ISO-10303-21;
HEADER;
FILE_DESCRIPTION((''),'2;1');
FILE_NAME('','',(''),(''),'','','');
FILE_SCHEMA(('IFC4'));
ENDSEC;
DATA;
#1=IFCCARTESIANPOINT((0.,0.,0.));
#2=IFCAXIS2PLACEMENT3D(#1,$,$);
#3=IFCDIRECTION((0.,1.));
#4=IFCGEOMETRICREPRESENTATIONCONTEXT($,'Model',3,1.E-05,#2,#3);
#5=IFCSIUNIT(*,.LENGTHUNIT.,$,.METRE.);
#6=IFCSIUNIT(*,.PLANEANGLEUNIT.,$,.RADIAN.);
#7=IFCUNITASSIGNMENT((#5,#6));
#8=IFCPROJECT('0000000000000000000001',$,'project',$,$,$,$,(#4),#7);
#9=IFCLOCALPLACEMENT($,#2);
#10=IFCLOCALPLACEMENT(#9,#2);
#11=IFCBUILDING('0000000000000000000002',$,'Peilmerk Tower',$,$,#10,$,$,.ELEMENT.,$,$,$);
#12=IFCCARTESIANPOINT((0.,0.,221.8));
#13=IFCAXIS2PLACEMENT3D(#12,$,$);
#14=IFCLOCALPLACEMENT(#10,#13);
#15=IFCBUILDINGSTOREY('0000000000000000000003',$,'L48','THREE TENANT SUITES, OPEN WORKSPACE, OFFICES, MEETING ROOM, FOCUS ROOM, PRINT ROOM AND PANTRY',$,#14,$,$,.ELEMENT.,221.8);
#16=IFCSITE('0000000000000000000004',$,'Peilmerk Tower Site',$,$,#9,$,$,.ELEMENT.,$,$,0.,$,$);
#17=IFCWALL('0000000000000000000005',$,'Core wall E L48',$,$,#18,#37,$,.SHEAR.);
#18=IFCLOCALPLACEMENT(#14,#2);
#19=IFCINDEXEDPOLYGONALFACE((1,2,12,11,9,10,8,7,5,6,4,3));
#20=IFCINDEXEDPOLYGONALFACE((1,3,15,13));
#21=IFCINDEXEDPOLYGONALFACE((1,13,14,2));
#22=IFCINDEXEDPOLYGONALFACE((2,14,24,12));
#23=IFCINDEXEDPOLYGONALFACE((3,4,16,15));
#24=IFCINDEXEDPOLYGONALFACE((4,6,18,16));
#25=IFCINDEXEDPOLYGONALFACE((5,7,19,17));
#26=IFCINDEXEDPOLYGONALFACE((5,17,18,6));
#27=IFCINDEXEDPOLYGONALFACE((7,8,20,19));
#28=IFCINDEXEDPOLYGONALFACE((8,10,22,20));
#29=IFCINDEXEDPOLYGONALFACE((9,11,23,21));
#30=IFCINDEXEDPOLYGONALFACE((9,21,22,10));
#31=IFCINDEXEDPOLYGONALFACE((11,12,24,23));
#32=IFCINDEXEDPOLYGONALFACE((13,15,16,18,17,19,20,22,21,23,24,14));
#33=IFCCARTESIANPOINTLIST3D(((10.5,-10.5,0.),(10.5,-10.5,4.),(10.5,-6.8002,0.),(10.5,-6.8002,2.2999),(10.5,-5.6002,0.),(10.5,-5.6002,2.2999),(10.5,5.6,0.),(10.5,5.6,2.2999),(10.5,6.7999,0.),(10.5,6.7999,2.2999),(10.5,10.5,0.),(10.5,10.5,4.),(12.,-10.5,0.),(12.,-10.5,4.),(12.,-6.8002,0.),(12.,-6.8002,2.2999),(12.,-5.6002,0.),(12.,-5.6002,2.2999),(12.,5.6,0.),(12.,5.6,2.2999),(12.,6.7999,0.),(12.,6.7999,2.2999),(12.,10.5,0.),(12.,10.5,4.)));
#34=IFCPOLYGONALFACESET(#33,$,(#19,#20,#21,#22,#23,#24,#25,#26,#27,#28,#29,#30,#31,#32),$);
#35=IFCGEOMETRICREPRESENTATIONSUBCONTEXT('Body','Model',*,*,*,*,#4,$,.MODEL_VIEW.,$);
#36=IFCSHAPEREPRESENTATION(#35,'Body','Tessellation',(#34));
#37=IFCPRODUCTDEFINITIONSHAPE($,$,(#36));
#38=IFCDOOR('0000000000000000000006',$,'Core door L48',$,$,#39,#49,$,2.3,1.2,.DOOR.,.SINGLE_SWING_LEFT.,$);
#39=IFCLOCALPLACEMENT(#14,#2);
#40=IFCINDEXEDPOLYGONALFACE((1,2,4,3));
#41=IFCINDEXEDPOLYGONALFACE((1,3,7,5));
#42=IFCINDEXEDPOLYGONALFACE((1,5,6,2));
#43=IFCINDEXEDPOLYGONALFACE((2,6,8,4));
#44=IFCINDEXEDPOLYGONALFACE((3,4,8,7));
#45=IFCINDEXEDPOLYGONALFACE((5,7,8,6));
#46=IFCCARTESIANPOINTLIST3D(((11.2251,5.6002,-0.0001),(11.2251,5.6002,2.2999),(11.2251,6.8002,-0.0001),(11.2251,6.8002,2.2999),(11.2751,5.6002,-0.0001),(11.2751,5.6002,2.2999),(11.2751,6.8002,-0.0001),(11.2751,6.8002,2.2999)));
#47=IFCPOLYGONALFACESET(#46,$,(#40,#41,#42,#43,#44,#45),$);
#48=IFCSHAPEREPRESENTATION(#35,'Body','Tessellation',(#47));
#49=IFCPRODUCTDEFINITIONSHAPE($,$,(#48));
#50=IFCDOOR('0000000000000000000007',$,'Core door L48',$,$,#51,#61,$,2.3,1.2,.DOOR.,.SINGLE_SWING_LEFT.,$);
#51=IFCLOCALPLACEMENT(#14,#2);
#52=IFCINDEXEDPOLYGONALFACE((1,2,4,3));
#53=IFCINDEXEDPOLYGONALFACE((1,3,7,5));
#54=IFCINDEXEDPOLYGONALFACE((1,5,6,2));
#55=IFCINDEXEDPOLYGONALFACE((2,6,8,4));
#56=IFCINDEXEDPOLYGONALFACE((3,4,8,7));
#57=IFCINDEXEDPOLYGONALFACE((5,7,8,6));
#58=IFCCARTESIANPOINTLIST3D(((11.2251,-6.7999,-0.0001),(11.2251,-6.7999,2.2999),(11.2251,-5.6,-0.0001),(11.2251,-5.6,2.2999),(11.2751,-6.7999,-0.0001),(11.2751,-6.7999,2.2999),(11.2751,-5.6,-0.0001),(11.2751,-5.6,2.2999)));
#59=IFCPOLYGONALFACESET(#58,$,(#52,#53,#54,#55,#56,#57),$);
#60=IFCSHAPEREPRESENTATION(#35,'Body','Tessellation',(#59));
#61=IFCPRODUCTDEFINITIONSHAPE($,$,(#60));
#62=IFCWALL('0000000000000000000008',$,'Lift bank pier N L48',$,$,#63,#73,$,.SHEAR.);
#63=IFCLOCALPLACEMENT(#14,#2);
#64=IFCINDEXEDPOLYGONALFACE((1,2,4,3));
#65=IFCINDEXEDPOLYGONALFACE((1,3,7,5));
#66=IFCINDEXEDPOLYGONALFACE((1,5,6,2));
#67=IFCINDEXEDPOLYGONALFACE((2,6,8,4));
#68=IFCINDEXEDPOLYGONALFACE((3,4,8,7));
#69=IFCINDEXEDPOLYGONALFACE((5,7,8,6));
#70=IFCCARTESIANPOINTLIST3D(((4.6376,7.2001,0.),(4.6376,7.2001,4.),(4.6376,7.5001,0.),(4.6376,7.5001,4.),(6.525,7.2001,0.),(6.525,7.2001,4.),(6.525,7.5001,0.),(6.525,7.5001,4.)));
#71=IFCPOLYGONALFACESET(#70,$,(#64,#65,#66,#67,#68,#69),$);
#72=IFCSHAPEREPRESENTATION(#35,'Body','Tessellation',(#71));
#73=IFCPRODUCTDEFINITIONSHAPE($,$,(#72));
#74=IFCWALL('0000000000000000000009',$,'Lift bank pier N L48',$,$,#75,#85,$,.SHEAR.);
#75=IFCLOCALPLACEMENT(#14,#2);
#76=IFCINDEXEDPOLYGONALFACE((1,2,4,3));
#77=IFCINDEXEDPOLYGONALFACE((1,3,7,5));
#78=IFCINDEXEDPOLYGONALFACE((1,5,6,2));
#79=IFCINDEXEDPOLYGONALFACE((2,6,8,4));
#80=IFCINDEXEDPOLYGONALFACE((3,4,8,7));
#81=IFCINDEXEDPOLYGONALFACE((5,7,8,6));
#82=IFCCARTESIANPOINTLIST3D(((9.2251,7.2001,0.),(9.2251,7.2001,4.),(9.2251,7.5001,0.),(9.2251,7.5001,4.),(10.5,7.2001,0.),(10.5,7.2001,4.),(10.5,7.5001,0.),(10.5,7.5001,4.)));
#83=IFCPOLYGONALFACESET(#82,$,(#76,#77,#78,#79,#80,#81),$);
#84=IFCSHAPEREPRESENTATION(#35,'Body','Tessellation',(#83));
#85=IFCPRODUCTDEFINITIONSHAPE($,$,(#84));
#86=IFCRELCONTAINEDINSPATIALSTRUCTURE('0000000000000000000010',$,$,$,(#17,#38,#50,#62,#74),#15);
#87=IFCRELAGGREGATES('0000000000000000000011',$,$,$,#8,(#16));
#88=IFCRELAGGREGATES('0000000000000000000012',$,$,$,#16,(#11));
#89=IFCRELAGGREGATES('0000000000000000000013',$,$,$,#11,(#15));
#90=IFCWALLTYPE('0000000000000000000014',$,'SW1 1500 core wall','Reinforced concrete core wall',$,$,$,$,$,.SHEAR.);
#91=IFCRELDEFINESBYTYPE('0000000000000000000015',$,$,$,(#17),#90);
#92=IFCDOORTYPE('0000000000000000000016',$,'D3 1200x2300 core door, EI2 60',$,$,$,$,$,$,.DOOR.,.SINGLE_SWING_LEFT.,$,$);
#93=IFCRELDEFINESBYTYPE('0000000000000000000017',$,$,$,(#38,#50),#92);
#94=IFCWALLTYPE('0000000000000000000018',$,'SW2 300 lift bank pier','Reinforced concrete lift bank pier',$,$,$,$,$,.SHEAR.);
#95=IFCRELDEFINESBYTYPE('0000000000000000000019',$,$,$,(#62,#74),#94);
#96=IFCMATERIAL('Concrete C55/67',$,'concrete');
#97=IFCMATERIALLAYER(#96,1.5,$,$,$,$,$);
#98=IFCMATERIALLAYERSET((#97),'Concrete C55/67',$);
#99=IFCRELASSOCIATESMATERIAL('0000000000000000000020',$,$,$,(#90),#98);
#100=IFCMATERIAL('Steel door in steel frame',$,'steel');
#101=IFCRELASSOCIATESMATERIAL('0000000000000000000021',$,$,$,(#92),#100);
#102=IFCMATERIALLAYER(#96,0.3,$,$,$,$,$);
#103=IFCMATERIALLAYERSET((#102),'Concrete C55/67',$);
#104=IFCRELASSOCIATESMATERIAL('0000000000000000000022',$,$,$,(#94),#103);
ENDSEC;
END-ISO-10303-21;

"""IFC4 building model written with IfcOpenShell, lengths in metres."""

from ifc_helpers import new_model, si_unit, direction, frame, frame_2d, origin, place, context, subcontext, project, spatial, rectangle, extrude, material, layer, layer_set, type_object, element, fill, save


model = new_model("IFC4")

# Units and contexts
model_context = context("Model", 3, precision=1e-05, world=origin(), true_north=direction((0.0, 1.0)))
body_context = subcontext(model_context, "Body", "Model", "MODEL_VIEW")
ifc_project = project(units=[si_unit("LENGTHUNIT", "METRE"), si_unit("PLANEANGLEUNIT", "RADIAN")], contexts=[model_context])

# Site, building, storey
site_placement = place(None, origin())
site = spatial("IfcSite", under=ifc_project, at=site_placement, Name="Peilmerk Tower Site", CompositionType="ELEMENT", RefElevation=0.0)
building_placement = place(site_placement, origin())
building = spatial("IfcBuilding", under=site, at=building_placement, Name="Peilmerk Tower", CompositionType="ELEMENT")
storey_placement = place(building_placement, frame((0.0, 0.0, 221.8)))
storey = spatial("IfcBuildingStorey", under=building, at=storey_placement, Name="L48", Description="THREE TENANT SUITES, OPEN WORKSPACE, OFFICES, MEETING ROOM, FOCUS ROOM, PRINT ROOM AND PANTRY", CompositionType="ELEMENT", Elevation=221.8)

# Shared definitions
ifc_material_1 = material(Name="Steel door in steel frame", Category="steel")

# Wall, openings, doors
ifc_material_2 = material(Name="Concrete C55/67", Category="concrete")
ifc_layer_1 = layer(ifc_material_2, 1.5)
ifc_layer_set_1 = layer_set([ifc_layer_1], Name="Concrete C55/67")
wall_type_1 = type_object("IfcWallType", Name="SW1 1500 core wall", Description="Reinforced concrete core wall", PredefinedType="SHEAR", material=ifc_layer_set_1)
wall_1_placement = place(storey_placement, frame((11.25, 10.5, 0.0), z_axis=(0.0, 0.0, 1.0), x_axis=(0.0, -1.0, 0.0)))
wall_1 = element("IfcWall", 1, at=wall_1_placement, inside=storey, type_object=wall_type_1, Name="Core wall E L48", PredefinedType="SHEAR", context=body_context, shape_type="SweptSolid", body=[
    extrude(rectangle(XDim=21.0, YDim=1.5, at=frame_2d((10.5, 0.0))), origin(), (0.0, 0.0, 1.0), 4.0),
])
opening_1_placement = place(wall_1_placement, frame((3.7, 0.0, 0.0)))
opening_1 = element("IfcOpeningElement", 2, at=opening_1_placement, cuts=wall_1, PredefinedType="OPENING", context=body_context, shape_type="SweptSolid", body=[
    extrude(rectangle(XDim=1.2, YDim=2.3, at=frame_2d((0.6001, 1.1499))), frame((0.0, 0.76, 0.0), z_axis=(0.0, -1.0, 0.0), x_axis=(1.0, 0.0, 0.0)), (0.0, 0.0, 1.0), 1.52),
])
opening_2_placement = place(wall_1_placement, frame((16.1001, 0.0, 0.0)))
opening_2 = element("IfcOpeningElement", 3, at=opening_2_placement, cuts=wall_1, PredefinedType="OPENING", context=body_context, shape_type="SweptSolid", body=[
    extrude(rectangle(XDim=1.2, YDim=2.3, at=frame_2d((0.6001, 1.1499))), frame((0.0, 0.76, 0.0), z_axis=(0.0, -1.0, 0.0), x_axis=(1.0, 0.0, 0.0)), (0.0, 0.0, 1.0), 1.52),
])
door_type_1 = type_object("IfcDoorType", Name="D3 1200x2300 core door, EI2 60", OperationType="SINGLE_SWING_LEFT", PredefinedType="DOOR", material=ifc_material_1)
door_1_placement = place(opening_1_placement, frame((1.2, 0.0, 0.0), z_axis=(0.0, 0.0, 1.0), x_axis=(-1.0, 0.0, 0.0)))
door_1 = element("IfcDoor", 4, at=door_1_placement, inside=storey, type_object=door_type_1, Name="Core door L48", OperationType="SINGLE_SWING_LEFT", OverallHeight=2.3, OverallWidth=1.2, PredefinedType="DOOR", context=body_context, shape_type="SweptSolid", body=[
    extrude(rectangle(XDim=1.2, YDim=2.3, at=frame_2d((0.6001, 1.1499))), frame((0.0, 0.0249, 0.0), z_axis=(0.0, -1.0, 0.0), x_axis=(1.0, 0.0, 0.0)), (0.0, 0.0, 1.0), 0.05),
])
fill(opening_1, door_1)
door_2_placement = place(opening_2_placement, frame((1.2, 0.0, 0.0), z_axis=(0.0, 0.0, 1.0), x_axis=(-1.0, 0.0, 0.0)))
door_2 = element("IfcDoor", 5, at=door_2_placement, inside=storey, type_object=door_type_1, Name="Core door L48", OperationType="SINGLE_SWING_LEFT", OverallHeight=2.3, OverallWidth=1.2, PredefinedType="DOOR", context=body_context, shape_type="SweptSolid", body=[
    extrude(rectangle(XDim=1.2, YDim=2.3, at=frame_2d((0.6001, 1.1499))), frame((0.0, 0.0249, 0.0), z_axis=(0.0, -1.0, 0.0), x_axis=(1.0, 0.0, 0.0)), (0.0, 0.0, 1.0), 0.05),
])
fill(opening_2, door_2)

# Walls
ifc_layer_2 = layer(ifc_material_2, 0.3)
ifc_layer_set_2 = layer_set([ifc_layer_2], Name="Concrete C55/67")
wall_type_2 = type_object("IfcWallType", Name="SW2 300 lift bank pier", Description="Reinforced concrete lift bank pier", PredefinedType="SHEAR", material=ifc_layer_set_2)
wall_2_placement = place(storey_placement, frame((4.6375, 7.3501, 0.0), z_axis=(0.0, 0.0, 1.0), x_axis=(1.0, 0.0, 0.0)))
element("IfcWall", 6, at=wall_2_placement, inside=storey, type_object=wall_type_2, Name="Lift bank pier N L48", PredefinedType="SHEAR", context=body_context, shape_type="SweptSolid", body=[
    extrude(rectangle(XDim=1.8875, YDim=0.3, at=frame_2d((0.9438, 0.0))), origin(), (0.0, 0.0, 1.0), 4.0),
])
wall_3_placement = place(storey_placement, frame((9.2251, 7.3501, 0.0), z_axis=(0.0, 0.0, 1.0), x_axis=(1.0, 0.0, 0.0)))
element("IfcWall", 7, at=wall_3_placement, inside=storey, type_object=wall_type_2, Name="Lift bank pier N L48", PredefinedType="SHEAR", context=body_context, shape_type="SweptSolid", body=[
    extrude(rectangle(XDim=1.2749, YDim=0.3, at=frame_2d((0.6375, 0.0))), origin(), (0.0, 0.0, 1.0), 4.0),
])

save(model, "model.ifc")
